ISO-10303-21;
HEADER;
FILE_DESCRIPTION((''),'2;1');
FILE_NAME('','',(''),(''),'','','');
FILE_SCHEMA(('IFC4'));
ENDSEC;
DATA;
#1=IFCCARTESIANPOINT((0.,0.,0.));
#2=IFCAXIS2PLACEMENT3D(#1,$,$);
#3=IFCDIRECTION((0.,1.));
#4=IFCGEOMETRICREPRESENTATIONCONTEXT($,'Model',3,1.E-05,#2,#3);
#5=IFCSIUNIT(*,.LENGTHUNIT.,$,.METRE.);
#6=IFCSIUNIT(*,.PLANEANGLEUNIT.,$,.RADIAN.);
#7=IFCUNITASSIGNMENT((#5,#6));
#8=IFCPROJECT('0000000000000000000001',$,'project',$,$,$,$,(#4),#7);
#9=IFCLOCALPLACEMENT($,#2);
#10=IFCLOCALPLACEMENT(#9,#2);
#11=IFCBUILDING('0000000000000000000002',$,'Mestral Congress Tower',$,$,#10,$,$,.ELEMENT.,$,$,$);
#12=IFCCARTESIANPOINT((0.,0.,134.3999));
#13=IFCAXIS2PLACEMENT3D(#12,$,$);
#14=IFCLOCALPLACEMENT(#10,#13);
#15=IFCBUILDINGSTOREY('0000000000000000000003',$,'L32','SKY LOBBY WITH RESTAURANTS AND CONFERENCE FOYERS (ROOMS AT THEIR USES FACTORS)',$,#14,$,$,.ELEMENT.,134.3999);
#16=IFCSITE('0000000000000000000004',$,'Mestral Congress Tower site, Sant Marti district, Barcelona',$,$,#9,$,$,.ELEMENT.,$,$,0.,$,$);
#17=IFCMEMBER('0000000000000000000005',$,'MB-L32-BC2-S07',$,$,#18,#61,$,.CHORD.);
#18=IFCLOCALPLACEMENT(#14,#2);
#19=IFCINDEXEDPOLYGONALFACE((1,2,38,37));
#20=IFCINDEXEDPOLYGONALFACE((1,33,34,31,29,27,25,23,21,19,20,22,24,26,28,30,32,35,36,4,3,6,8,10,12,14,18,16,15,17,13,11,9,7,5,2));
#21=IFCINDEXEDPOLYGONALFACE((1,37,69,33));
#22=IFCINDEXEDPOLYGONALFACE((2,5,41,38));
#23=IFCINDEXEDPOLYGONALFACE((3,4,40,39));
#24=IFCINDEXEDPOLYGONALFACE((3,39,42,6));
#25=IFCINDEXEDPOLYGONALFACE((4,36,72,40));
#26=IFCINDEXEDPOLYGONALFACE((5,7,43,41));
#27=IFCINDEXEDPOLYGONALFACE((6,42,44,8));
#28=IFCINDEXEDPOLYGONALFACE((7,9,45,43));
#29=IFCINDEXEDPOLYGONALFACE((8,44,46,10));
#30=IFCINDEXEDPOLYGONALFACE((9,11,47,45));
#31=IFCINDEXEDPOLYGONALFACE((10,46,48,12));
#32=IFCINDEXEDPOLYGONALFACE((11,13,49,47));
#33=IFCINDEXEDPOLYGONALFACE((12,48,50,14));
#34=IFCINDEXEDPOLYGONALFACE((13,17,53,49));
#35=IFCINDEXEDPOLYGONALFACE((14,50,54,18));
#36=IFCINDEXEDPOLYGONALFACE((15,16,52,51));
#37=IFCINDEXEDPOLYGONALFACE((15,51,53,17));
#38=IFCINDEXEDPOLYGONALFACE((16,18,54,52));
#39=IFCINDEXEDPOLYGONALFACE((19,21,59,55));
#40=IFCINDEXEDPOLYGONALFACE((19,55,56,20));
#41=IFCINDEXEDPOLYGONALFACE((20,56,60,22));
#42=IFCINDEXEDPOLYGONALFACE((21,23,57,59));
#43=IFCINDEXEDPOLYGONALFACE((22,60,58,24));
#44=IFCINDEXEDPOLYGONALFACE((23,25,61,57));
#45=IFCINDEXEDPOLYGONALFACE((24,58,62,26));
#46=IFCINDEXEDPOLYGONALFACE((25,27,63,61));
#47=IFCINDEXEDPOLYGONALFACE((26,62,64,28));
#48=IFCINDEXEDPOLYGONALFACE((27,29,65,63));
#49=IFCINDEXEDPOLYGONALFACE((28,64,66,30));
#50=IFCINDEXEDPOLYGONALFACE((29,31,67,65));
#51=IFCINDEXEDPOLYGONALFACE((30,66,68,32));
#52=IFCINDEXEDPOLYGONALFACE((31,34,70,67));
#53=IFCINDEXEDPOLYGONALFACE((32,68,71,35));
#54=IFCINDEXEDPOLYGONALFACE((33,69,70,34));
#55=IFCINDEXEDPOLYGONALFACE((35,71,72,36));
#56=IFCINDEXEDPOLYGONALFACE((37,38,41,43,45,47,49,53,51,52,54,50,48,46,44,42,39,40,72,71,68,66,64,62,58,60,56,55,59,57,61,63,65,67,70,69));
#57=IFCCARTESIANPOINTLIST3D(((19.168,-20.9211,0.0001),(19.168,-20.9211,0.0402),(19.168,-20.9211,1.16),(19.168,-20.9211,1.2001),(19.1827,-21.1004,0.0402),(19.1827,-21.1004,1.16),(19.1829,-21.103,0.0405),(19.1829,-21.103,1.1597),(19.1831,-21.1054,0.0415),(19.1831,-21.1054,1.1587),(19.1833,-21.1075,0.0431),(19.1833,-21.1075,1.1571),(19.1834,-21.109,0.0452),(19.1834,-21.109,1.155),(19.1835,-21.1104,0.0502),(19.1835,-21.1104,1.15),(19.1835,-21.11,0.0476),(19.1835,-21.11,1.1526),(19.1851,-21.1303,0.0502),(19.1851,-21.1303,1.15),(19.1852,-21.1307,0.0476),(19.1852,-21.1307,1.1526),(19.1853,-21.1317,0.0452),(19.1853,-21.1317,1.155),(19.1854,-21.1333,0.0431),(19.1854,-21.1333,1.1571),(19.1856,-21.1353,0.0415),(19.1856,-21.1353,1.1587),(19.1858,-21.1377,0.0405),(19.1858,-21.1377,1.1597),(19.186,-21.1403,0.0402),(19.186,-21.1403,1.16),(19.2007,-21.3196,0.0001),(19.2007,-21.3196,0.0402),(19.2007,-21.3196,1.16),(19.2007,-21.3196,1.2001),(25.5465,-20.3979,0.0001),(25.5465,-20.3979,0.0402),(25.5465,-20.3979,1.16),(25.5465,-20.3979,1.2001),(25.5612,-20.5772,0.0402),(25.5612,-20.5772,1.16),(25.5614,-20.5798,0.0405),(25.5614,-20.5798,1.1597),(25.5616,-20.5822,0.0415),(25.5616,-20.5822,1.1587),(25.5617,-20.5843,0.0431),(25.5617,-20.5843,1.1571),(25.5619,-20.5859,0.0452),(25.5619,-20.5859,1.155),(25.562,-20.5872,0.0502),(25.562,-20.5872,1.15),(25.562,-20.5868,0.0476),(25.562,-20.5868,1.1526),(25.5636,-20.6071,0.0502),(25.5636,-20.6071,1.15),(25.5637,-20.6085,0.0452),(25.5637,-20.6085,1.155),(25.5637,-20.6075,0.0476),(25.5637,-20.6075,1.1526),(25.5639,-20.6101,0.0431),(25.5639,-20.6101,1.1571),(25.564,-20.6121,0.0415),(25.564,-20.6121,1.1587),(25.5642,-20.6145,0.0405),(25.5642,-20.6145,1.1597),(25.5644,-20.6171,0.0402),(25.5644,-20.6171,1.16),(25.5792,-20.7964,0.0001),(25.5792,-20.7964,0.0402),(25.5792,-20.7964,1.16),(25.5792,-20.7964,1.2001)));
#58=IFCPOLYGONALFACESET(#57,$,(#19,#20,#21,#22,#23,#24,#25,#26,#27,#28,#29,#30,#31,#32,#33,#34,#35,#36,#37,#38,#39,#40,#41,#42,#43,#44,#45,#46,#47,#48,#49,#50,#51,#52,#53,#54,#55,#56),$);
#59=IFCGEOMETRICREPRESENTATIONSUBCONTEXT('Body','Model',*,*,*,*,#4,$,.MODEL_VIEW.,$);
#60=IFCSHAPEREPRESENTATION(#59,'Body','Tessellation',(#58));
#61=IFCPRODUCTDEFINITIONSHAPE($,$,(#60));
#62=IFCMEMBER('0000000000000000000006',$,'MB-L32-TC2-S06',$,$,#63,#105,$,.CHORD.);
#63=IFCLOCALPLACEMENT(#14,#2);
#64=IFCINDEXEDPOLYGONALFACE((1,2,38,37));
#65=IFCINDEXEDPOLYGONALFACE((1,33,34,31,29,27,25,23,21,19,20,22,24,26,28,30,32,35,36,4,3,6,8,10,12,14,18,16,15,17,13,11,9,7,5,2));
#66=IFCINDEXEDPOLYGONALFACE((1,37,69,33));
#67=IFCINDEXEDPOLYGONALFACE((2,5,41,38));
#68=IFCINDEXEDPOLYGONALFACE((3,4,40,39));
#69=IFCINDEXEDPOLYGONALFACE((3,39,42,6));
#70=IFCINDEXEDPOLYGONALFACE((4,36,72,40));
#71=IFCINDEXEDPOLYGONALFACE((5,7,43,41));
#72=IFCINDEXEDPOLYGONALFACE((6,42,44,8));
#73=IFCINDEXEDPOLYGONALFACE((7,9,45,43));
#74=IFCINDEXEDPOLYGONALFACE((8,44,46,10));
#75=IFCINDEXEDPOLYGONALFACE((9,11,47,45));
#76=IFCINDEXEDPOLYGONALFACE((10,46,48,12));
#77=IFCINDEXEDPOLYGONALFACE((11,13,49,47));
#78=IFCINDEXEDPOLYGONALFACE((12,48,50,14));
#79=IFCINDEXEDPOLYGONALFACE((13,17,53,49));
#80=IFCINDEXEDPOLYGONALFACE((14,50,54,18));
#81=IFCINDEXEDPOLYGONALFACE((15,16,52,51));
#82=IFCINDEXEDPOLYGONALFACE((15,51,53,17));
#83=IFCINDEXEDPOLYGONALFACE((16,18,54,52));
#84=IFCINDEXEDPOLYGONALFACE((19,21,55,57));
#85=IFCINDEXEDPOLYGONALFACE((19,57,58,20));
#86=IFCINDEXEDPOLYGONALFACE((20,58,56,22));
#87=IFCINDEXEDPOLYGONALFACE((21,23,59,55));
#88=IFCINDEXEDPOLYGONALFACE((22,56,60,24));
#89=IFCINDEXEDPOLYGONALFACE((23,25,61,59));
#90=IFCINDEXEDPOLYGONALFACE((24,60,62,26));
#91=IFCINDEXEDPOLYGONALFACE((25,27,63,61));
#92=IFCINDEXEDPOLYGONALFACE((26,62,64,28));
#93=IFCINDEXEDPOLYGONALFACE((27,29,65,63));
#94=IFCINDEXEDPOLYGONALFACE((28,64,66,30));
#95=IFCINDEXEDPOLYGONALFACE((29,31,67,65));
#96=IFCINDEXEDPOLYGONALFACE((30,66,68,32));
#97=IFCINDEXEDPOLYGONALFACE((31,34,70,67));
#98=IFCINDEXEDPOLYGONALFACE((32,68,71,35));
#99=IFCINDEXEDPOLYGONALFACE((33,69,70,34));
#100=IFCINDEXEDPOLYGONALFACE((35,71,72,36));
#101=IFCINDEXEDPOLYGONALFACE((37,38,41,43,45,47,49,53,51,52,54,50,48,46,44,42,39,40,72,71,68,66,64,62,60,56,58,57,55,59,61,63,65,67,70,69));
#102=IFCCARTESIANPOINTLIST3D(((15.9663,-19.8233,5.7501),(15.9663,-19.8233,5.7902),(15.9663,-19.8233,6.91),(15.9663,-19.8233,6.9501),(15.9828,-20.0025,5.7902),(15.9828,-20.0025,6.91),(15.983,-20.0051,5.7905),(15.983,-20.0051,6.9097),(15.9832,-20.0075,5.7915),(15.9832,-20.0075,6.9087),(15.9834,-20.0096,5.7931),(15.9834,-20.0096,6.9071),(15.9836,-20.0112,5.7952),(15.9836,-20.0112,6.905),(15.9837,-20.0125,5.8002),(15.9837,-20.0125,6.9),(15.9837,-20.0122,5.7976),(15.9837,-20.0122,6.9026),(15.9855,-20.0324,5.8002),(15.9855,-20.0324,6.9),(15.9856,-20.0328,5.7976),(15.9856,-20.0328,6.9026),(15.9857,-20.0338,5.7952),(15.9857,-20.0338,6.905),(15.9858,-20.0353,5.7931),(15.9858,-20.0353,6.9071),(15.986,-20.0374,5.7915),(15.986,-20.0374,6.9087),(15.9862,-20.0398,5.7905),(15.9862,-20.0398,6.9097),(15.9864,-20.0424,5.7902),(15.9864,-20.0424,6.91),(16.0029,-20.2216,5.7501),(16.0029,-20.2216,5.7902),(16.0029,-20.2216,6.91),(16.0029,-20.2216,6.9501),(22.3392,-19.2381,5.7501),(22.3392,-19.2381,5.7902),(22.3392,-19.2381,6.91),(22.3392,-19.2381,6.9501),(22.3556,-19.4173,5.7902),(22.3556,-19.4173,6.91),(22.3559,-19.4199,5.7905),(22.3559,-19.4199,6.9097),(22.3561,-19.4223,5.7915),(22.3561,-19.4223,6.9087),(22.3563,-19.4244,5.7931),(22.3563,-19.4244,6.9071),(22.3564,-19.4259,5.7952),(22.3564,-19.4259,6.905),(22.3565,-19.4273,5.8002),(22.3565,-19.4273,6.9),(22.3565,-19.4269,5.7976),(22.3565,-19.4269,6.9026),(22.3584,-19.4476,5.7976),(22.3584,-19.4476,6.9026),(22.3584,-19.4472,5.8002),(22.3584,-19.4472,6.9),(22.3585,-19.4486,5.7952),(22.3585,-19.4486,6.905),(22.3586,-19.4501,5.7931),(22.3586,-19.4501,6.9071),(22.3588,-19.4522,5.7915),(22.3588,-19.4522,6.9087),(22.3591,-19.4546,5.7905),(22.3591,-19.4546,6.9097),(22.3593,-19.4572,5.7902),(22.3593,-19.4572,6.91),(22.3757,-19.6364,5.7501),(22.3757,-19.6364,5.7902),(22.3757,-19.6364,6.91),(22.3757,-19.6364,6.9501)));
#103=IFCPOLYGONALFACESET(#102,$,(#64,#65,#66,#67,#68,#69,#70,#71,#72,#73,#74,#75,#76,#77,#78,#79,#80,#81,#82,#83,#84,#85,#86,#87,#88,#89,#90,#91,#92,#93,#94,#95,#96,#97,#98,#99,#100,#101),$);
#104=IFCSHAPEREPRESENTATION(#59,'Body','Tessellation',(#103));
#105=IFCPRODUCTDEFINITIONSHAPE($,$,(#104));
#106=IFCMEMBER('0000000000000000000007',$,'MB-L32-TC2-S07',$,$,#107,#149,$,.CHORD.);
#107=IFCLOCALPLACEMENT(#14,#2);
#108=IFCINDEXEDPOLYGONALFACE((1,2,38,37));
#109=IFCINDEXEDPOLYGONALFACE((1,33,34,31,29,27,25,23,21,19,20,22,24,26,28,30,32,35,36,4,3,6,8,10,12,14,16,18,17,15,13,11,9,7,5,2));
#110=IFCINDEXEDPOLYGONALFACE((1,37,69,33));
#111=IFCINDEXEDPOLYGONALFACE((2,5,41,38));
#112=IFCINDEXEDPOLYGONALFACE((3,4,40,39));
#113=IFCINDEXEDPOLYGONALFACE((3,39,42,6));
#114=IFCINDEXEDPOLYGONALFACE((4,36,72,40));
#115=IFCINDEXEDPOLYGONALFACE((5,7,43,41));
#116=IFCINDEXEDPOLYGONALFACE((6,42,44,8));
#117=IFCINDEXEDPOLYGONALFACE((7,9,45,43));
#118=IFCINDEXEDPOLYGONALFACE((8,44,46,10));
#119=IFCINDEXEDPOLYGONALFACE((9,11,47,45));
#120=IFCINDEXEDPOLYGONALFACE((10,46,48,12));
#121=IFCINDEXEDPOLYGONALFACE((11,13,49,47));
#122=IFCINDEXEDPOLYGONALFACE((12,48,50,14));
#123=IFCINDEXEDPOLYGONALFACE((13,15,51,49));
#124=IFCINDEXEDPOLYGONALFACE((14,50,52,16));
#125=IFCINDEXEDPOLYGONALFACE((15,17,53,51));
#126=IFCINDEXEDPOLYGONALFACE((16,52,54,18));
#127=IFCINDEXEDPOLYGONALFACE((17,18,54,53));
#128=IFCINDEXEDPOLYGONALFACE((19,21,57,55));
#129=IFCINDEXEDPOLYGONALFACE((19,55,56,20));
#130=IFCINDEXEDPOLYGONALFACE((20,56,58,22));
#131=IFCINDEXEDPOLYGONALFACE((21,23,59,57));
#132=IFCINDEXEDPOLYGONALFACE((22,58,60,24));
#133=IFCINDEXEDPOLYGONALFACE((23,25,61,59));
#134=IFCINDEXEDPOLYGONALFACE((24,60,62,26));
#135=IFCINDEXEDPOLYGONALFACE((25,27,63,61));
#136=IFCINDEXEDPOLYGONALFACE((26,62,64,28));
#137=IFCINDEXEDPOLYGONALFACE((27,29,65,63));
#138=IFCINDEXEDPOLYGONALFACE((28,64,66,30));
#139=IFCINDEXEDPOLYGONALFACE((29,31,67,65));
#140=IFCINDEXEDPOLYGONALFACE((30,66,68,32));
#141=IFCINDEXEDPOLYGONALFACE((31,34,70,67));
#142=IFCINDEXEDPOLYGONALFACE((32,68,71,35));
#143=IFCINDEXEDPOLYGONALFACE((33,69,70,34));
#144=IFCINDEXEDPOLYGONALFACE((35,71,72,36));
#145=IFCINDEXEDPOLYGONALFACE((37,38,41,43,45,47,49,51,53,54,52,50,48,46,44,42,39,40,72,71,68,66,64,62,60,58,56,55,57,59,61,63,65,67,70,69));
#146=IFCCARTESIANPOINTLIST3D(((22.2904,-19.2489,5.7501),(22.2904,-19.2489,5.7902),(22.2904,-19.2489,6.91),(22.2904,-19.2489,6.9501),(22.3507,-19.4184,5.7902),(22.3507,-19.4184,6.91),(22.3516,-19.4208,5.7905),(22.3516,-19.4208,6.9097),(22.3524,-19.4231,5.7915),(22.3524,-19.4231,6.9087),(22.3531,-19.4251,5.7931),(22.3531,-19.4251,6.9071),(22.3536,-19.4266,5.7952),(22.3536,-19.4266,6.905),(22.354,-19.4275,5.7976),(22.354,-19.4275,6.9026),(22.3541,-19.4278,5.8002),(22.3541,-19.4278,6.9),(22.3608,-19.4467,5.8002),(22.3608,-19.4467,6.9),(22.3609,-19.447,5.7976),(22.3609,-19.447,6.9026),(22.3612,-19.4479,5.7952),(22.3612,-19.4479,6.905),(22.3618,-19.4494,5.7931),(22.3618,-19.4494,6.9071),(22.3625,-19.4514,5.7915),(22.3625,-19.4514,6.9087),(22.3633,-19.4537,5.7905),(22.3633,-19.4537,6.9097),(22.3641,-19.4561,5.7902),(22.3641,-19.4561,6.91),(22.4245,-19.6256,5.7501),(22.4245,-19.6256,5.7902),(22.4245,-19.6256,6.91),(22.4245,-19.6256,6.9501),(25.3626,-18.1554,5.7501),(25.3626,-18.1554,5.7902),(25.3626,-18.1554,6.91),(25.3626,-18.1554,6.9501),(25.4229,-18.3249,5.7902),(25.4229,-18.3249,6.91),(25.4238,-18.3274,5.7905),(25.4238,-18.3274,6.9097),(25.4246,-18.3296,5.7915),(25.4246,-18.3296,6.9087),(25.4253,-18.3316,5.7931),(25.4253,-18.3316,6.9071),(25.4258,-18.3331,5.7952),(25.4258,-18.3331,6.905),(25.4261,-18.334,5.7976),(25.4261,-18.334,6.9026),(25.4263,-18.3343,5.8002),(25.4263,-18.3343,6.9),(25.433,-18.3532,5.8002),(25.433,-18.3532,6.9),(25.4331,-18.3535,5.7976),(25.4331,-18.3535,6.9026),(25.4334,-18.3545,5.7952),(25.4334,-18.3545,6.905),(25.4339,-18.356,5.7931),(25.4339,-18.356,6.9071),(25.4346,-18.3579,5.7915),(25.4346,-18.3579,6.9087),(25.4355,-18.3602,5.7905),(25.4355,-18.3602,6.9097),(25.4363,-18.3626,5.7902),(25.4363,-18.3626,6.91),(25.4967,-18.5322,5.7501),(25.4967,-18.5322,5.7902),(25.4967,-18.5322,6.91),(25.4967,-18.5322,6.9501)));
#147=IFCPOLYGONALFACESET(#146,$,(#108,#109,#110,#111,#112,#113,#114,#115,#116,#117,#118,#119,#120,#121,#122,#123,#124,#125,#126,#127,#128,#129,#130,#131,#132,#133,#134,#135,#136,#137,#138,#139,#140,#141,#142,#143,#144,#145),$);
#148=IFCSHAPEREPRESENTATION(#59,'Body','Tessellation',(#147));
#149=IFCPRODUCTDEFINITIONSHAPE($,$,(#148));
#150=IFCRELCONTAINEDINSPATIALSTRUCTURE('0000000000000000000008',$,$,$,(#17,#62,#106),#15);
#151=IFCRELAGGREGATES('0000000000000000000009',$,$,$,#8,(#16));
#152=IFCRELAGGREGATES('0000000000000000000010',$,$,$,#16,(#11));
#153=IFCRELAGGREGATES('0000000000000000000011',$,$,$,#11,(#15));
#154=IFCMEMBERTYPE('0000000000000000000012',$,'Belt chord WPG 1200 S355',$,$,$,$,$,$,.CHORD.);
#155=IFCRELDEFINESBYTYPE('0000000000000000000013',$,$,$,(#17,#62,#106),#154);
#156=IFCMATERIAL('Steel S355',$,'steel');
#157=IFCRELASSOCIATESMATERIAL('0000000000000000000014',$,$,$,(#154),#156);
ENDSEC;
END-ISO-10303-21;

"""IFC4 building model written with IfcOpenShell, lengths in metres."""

from ifc_helpers import new_model, si_unit, direction, frame, origin, origin_2d, place, context, subcontext, project, spatial, i_section, extrude, material, material_profile, profile_set, type_object, element, save


model = new_model("IFC4")

# Units and contexts
model_context = context("Model", 3, precision=1e-05, world=origin(), true_north=direction((0.0, 1.0)))
body_context = subcontext(model_context, "Body", "Model", "MODEL_VIEW")
ifc_project = project(units=[si_unit("LENGTHUNIT", "METRE"), si_unit("PLANEANGLEUNIT", "RADIAN")], contexts=[model_context])

# Site, building, storey
site_placement = place(None, origin())
site = spatial("IfcSite", under=ifc_project, at=site_placement, Name="Mestral Congress Tower site, Sant Marti district, Barcelona", CompositionType="ELEMENT", RefElevation=0.0)
building_placement = place(site_placement, origin())
building = spatial("IfcBuilding", under=site, at=building_placement, Name="Mestral Congress Tower", CompositionType="ELEMENT")
storey_placement = place(building_placement, frame((0.0, 0.0, 134.3999)))
storey = spatial("IfcBuildingStorey", under=building, at=storey_placement, Name="L32", Description="SKY LOBBY WITH RESTAURANTS AND CONFERENCE FOYERS (ROOMS AT THEIR USES FACTORS)", CompositionType="ELEMENT", Elevation=134.3999)

# Members
ifc_material_1 = material(Name="Steel S355", Category="steel")
ifc_material_profile_1 = material_profile(ifc_material_1, i_section(OverallWidth=0.3999, OverallDepth=1.2, WebThickness=0.02, FlangeThickness=0.04, FilletRadius=0.01, at=origin_2d()), Name="WPG 1200")
ifc_profile_set_1 = profile_set([ifc_material_profile_1], Name="Steel S355")
member_type_1 = type_object("IfcMemberType", Name="Belt chord WPG 1200 S355", PredefinedType="CHORD", material=ifc_profile_set_1)
member_1_placement = place(storey_placement, frame((19.1843, -21.1204, 0.6001), z_axis=(0.996653, 0.081751, 0.0), x_axis=(-0.081751, 0.996653, 0.0)))
element("IfcMember", 1, at=member_1_placement, inside=storey, type_object=member_type_1, Name="MB-L32-BC2-S07", PredefinedType="CHORD", context=body_context, shape_type="SweptSolid", body=[
    extrude(i_section(OverallWidth=0.3999, OverallDepth=1.2, WebThickness=0.02, FlangeThickness=0.04, FilletRadius=0.01, at=origin_2d()), origin(), (0.0, 0.0, 1.0), 6.3999),
])
member_2_placement = place(storey_placement, frame((15.9846, -20.0225, 6.3501), z_axis=(0.99581, 0.091444, 0.0), x_axis=(-0.091444, 0.99581, 0.0)))
element("IfcMember", 2, at=member_2_placement, inside=storey, type_object=member_type_1, Name="MB-L32-TC2-S06", PredefinedType="CHORD", context=body_context, shape_type="SweptSolid", body=[
    extrude(i_section(OverallWidth=0.3999, OverallDepth=1.2, WebThickness=0.02, FlangeThickness=0.04, FilletRadius=0.01, at=origin_2d()), origin(), (0.0, 0.0, 1.0), 6.3997),
])
member_3_placement = place(storey_placement, frame((22.3574, -19.4373, 6.3501), z_axis=(0.942104, 0.335321, 0.0), x_axis=(-0.335321, 0.942104, 0.0)))
element("IfcMember", 3, at=member_3_placement, inside=storey, type_object=member_type_1, Name="MB-L32-TC2-S07", PredefinedType="CHORD", context=body_context, shape_type="SweptSolid", body=[
    extrude(i_section(OverallWidth=0.3999, OverallDepth=1.2, WebThickness=0.02, FlangeThickness=0.04, FilletRadius=0.01, at=origin_2d()), origin(), (0.0, 0.0, 1.0), 3.261),
])

save(model, "model.ifc")
